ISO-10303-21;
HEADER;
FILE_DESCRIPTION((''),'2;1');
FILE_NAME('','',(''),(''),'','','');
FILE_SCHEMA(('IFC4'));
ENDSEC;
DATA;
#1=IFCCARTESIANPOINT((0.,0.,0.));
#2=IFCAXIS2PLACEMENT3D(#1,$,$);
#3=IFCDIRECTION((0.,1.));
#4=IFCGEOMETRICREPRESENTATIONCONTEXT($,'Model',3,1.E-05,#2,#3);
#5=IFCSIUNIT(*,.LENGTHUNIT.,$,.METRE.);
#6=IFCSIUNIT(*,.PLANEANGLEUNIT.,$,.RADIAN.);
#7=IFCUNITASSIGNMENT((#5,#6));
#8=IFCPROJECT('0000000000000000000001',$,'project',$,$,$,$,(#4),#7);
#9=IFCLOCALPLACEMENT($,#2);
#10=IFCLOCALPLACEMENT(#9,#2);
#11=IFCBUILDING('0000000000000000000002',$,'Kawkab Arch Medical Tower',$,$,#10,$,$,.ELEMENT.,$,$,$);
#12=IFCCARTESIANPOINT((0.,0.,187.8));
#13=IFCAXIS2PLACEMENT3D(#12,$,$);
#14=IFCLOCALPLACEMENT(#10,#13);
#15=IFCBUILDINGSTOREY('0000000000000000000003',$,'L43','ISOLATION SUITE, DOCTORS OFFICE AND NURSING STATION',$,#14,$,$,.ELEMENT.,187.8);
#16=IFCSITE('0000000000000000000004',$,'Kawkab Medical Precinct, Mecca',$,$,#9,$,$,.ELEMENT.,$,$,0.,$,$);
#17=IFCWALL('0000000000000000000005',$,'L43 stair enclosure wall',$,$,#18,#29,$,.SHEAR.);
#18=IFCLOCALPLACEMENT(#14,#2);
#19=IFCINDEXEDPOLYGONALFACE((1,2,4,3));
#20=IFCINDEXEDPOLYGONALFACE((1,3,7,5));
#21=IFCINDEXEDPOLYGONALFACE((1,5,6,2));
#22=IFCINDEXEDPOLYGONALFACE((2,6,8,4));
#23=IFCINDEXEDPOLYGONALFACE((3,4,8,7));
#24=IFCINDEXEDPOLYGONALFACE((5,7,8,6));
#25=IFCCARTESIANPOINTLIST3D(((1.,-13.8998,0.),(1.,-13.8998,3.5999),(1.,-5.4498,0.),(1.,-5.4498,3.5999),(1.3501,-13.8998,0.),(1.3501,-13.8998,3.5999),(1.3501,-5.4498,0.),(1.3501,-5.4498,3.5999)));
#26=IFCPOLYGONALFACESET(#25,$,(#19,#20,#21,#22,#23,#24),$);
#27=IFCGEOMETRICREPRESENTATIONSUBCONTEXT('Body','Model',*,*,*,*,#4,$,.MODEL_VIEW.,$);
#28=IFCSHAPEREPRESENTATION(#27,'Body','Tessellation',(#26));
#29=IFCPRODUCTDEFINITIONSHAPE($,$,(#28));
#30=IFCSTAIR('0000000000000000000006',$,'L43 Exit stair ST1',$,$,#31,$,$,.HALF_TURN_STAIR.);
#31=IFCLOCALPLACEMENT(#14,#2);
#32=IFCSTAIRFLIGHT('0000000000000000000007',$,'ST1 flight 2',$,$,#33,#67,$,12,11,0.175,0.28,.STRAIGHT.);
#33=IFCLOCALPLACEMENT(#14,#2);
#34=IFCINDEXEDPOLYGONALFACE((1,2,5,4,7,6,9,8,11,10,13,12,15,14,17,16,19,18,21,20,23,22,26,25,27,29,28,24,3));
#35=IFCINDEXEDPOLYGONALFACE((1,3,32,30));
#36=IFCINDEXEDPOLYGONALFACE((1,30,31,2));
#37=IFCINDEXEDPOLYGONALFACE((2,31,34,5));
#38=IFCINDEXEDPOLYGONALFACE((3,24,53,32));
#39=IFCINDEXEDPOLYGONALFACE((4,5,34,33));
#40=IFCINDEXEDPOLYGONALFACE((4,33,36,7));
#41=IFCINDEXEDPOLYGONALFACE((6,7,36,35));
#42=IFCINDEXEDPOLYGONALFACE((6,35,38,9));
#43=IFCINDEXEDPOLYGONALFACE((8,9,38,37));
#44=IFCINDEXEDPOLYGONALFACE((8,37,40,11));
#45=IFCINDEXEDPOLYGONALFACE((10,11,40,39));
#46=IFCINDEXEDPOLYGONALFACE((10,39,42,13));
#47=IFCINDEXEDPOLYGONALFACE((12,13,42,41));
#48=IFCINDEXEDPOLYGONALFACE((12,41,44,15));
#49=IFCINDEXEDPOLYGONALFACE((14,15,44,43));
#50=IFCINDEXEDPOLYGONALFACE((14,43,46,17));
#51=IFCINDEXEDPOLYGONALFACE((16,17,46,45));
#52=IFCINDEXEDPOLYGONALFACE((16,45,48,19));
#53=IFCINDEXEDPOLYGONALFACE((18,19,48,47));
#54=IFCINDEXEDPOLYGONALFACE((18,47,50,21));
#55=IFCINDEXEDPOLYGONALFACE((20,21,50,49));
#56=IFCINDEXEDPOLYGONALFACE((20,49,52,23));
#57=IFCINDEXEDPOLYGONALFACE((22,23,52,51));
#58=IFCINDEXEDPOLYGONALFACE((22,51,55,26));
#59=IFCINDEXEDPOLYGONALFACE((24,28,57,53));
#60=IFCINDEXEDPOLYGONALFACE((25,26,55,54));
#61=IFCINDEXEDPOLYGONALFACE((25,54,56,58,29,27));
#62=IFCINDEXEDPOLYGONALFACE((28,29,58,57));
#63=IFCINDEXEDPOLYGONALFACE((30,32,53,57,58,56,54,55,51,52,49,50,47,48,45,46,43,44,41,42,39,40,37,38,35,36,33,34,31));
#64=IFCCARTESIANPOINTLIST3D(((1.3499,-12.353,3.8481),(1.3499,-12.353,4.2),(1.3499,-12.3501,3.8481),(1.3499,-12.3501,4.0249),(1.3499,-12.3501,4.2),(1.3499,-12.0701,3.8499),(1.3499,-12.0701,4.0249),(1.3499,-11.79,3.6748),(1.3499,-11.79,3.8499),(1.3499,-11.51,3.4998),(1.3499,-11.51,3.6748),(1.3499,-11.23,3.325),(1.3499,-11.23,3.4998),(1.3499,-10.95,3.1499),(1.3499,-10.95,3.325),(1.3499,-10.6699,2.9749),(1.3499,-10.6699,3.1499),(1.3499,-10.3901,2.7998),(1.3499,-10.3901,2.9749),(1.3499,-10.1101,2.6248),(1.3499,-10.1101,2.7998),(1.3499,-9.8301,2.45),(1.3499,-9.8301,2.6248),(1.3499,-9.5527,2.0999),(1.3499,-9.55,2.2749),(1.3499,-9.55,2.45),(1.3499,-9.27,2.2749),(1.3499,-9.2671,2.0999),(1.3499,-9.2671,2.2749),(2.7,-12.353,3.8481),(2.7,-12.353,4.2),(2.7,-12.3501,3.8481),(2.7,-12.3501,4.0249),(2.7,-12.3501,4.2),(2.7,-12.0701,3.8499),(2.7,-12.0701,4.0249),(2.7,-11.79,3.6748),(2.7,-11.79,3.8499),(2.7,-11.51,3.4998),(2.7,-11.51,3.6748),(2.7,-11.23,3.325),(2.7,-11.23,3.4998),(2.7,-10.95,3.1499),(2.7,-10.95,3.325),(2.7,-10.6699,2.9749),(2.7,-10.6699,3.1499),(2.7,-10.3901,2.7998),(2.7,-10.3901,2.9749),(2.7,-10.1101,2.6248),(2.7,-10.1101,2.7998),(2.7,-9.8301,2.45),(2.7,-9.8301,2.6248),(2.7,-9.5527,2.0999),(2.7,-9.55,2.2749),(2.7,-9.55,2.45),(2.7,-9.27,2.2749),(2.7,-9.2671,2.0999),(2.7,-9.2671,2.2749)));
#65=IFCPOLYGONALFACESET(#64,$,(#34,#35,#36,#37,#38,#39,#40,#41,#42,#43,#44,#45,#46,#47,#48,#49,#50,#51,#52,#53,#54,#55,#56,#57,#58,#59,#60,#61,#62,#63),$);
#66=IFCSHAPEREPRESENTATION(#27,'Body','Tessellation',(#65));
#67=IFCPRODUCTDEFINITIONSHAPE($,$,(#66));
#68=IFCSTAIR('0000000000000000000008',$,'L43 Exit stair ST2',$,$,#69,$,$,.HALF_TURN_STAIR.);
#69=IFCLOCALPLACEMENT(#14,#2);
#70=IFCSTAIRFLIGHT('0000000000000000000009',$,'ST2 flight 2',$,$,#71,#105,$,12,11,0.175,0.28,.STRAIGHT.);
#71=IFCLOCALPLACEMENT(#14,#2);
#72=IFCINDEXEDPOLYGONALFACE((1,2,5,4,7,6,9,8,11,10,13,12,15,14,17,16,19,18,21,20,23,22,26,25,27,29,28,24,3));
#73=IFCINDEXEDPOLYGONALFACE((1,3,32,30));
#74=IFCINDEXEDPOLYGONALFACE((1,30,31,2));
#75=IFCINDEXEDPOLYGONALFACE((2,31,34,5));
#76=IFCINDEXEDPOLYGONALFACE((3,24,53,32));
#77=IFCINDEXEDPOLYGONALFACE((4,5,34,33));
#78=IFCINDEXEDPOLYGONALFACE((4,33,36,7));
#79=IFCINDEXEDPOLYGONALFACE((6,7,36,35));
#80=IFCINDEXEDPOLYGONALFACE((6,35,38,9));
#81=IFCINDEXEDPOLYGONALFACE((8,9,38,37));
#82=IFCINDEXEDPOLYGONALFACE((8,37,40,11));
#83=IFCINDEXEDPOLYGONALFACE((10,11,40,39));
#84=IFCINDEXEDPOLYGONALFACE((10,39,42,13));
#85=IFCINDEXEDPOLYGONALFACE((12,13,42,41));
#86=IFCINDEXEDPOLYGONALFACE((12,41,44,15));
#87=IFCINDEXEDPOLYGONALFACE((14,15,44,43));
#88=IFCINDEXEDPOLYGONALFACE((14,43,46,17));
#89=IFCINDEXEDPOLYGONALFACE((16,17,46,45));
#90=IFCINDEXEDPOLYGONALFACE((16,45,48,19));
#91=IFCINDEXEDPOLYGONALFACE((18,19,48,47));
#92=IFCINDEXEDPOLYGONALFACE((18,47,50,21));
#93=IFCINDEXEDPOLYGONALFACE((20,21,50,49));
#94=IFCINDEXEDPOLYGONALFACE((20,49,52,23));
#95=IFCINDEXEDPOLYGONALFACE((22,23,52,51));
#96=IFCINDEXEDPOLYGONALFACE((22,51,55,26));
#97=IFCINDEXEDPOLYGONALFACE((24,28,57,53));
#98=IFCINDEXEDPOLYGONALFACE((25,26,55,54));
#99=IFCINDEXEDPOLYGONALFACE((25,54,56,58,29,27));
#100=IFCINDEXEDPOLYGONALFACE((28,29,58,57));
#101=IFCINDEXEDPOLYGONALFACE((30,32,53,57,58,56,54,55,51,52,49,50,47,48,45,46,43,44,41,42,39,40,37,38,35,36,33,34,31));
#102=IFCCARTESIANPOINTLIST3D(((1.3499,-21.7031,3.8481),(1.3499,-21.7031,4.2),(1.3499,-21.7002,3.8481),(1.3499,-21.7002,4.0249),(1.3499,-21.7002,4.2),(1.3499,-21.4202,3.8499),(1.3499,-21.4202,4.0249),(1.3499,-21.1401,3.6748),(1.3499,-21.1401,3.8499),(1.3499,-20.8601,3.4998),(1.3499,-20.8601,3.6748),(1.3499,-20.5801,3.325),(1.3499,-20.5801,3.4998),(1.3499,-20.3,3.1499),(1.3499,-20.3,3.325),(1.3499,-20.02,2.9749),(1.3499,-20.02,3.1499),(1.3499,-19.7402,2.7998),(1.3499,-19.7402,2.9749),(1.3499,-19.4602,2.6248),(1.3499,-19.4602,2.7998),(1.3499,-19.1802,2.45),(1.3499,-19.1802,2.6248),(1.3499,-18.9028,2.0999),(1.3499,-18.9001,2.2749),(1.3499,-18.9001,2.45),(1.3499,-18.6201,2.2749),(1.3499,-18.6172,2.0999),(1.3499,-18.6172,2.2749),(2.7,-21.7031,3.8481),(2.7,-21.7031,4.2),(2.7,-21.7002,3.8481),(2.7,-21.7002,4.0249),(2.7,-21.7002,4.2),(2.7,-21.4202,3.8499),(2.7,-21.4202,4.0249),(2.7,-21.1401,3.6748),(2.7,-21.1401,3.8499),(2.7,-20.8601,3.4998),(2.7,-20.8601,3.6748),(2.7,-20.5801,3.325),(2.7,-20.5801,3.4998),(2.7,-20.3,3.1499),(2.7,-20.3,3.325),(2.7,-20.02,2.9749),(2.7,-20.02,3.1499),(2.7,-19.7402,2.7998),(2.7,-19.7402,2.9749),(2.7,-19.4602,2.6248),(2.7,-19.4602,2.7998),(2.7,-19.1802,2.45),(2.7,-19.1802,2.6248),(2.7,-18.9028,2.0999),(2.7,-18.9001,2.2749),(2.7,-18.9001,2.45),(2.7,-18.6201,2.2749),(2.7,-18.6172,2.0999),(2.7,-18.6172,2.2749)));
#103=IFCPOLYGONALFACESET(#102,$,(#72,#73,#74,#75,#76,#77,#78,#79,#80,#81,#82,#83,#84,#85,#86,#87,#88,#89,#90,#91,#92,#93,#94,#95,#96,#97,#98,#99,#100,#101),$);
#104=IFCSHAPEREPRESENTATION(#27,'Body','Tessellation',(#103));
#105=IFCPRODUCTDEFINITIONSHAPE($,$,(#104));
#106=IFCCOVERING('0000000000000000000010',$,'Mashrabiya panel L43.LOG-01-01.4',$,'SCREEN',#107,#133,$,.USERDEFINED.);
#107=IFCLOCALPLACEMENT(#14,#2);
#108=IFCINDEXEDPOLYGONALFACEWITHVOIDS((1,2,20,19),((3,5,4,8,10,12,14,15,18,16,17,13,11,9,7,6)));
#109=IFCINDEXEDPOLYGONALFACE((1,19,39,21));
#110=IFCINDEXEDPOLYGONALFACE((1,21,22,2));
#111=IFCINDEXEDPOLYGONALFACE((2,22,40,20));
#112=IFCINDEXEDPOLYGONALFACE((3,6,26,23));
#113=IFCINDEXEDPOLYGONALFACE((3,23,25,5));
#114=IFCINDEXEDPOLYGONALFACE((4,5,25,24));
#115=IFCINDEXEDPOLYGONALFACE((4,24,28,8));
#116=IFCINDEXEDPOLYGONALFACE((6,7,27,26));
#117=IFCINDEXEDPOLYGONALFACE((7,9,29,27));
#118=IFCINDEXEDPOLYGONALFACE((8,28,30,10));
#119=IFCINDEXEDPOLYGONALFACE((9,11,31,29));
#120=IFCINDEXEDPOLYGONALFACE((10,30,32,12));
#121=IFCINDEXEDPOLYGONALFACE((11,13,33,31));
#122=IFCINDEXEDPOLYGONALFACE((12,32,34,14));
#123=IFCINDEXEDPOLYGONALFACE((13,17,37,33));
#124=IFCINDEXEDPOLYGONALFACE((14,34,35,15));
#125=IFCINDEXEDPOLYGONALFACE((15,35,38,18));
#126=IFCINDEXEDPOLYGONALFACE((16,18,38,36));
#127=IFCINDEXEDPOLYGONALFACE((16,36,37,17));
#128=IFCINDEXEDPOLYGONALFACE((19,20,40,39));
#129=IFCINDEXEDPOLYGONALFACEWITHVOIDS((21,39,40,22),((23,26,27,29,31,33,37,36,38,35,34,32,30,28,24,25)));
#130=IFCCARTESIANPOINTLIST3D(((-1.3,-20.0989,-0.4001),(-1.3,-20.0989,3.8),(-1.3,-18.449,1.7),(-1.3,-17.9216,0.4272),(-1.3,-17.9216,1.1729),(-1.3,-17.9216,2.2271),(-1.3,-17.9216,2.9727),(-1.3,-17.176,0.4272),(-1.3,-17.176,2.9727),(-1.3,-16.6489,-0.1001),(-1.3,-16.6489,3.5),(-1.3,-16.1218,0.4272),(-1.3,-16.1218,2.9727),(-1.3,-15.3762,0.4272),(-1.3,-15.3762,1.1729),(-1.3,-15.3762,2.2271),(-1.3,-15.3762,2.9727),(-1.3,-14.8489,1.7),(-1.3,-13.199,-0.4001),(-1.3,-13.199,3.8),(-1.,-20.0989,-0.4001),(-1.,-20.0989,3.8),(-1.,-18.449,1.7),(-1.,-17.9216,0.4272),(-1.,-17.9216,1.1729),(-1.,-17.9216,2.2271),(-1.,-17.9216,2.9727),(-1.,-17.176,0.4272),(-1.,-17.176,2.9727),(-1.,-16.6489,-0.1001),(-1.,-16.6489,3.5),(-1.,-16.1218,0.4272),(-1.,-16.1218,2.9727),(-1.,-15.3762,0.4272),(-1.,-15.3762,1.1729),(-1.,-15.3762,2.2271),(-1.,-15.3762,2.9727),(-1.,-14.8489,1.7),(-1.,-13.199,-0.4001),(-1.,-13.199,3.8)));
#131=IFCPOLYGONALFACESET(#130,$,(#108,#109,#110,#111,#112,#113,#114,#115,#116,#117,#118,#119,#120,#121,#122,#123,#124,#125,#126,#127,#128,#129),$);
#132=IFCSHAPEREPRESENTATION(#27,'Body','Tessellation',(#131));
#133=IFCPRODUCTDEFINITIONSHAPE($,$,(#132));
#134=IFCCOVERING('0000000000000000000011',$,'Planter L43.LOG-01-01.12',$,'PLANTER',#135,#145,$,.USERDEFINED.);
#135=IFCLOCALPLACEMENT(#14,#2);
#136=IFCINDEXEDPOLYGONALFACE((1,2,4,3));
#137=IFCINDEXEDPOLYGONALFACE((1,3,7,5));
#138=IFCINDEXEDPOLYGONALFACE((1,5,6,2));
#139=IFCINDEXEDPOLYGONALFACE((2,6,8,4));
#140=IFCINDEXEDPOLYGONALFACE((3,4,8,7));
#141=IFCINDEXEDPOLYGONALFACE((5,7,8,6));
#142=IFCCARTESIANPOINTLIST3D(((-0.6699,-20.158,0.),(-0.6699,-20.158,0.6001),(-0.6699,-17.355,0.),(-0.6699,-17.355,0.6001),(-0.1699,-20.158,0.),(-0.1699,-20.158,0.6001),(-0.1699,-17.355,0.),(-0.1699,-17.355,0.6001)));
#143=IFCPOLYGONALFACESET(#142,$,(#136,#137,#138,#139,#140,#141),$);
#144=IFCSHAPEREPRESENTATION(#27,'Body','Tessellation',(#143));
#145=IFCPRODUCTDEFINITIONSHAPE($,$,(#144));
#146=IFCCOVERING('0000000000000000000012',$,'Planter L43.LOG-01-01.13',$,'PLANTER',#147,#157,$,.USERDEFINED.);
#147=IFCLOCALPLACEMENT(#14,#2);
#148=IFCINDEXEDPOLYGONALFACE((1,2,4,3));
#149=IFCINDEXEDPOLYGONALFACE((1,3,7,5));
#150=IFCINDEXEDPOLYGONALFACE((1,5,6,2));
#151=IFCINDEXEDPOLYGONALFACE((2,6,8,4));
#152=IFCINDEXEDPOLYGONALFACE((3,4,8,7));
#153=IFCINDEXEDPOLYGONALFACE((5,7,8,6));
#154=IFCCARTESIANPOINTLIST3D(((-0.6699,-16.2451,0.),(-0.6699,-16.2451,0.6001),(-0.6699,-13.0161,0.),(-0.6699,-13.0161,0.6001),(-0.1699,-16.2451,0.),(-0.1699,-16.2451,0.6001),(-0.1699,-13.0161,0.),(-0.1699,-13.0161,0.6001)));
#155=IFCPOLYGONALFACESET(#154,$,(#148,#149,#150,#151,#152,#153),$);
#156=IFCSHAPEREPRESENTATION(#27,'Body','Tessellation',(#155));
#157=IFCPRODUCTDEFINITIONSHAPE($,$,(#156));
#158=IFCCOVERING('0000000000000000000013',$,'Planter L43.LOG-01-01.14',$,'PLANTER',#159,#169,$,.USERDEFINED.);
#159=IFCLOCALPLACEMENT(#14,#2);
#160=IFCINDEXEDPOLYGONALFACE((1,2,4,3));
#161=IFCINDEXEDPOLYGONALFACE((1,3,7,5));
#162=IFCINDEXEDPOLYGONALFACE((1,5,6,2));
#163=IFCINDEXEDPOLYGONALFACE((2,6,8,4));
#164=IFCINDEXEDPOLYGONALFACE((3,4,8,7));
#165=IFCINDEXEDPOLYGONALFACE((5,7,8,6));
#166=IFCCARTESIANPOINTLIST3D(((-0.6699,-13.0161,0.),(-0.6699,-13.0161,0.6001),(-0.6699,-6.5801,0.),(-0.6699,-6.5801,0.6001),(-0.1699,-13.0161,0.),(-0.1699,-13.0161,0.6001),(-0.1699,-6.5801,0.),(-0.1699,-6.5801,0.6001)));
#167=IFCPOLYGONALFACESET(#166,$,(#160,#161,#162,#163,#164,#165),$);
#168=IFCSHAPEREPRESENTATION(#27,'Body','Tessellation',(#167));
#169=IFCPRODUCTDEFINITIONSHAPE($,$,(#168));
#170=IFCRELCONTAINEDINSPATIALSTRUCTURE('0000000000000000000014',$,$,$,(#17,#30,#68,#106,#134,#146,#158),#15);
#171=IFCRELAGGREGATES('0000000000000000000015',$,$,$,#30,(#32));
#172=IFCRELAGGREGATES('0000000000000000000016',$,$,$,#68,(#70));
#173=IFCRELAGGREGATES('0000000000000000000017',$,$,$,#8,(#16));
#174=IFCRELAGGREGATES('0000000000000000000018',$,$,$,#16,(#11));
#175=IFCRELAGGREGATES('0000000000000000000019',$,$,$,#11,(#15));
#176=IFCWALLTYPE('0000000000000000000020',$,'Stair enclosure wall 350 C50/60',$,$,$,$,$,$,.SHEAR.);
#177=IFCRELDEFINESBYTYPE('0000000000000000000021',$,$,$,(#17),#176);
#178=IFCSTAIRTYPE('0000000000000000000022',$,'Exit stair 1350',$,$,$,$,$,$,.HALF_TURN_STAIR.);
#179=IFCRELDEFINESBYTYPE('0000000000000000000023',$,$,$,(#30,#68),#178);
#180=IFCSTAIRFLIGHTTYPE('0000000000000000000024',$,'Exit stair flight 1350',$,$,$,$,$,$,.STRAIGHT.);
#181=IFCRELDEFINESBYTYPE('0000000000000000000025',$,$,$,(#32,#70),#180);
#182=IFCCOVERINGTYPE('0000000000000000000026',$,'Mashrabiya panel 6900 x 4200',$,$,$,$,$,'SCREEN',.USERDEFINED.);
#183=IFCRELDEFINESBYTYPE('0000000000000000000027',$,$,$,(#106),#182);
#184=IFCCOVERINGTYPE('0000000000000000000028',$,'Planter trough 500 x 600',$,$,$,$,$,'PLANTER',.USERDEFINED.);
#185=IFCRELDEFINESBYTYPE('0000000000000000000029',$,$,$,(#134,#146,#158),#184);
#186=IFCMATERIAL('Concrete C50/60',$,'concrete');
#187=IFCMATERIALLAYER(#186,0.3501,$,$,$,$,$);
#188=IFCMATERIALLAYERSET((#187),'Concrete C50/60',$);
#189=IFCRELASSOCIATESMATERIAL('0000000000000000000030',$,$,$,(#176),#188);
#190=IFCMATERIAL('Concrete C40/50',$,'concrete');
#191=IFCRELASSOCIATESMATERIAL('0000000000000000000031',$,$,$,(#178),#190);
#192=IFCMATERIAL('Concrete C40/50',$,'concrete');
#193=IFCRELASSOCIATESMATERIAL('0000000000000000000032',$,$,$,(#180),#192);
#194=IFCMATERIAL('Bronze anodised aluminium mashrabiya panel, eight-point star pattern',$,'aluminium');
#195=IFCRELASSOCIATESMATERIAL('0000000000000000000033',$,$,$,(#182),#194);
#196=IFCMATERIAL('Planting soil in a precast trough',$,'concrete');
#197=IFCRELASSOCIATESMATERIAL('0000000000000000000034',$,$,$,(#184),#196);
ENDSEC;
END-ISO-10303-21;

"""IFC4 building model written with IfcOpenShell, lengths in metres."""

from ifc_helpers import new_model, si_unit, direction, frame, frame_2d, origin, origin_2d, place, context, subcontext, project, spatial, polyline, rectangle, outline, extrude, material, layer, layer_set, material_profile, profile_set, type_object, element, aggregate, save


model = new_model("IFC4")

# Units and contexts
model_context = context("Model", 3, precision=1e-05, world=origin(), true_north=direction((0.0, 1.0)))
body_context = subcontext(model_context, "Body", "Model", "MODEL_VIEW")
ifc_project = project(units=[si_unit("LENGTHUNIT", "METRE"), si_unit("PLANEANGLEUNIT", "RADIAN")], contexts=[model_context])

# Site, building, storey
site_placement = place(None, origin())
site = spatial("IfcSite", under=ifc_project, at=site_placement, Name="Kawkab Medical Precinct, Mecca", CompositionType="ELEMENT", RefElevation=0.0)
building_placement = place(site_placement, origin())
building = spatial("IfcBuilding", under=site, at=building_placement, Name="Kawkab Arch Medical Tower", CompositionType="ELEMENT")
storey_placement = place(building_placement, frame((0.0, 0.0, 187.8)))
storey = spatial("IfcBuildingStorey", under=building, at=storey_placement, Name="L43", Description="ISOLATION SUITE, DOCTORS OFFICE AND NURSING STATION", CompositionType="ELEMENT", Elevation=187.8)

# Shared definitions
placement = place(storey_placement, origin())

# Wall
ifc_material_1 = material(Name="Concrete C50/60", Category="concrete")
ifc_layer_1 = layer(ifc_material_1, 0.3501)
ifc_layer_set_1 = layer_set([ifc_layer_1], Name="Concrete C50/60")
wall_type_1 = type_object("IfcWallType", Name="Stair enclosure wall 350 C50/60", PredefinedType="SHEAR", material=ifc_layer_set_1)
wall_1_placement = place(storey_placement, frame((1.175, -13.8999, 0.0), z_axis=(0.0, 0.0, 1.0), x_axis=(0.0, 1.0, 0.0)))
element("IfcWall", 1, at=wall_1_placement, inside=storey, type_object=wall_type_1, Name="L43 stair enclosure wall", PredefinedType="SHEAR", context=body_context, shape_type="SweptSolid", body=[
    extrude(rectangle(XDim=8.45, YDim=0.3501, at=frame_2d((4.2251, 0.0))), origin(), (0.0, 0.0, 1.0), 3.5999),
])

# Stairs, stair flights
ifc_material_2 = material(Name="Concrete C40/50", Category="concrete")
stair_type = type_object("IfcStairType", Name="Exit stair 1350", PredefinedType="HALF_TURN_STAIR", material=ifc_material_2)
stair_1 = element("IfcStair", 2, at=placement, inside=storey, type_object=stair_type, Name="L43 Exit stair ST1", PredefinedType="HALF_TURN_STAIR")
ifc_material_3 = material(Name="Concrete C40/50", Category="concrete")
stair_flight_type = type_object("IfcStairFlightType", Name="Exit stair flight 1350", PredefinedType="STRAIGHT", material=ifc_material_3)
stair_flight_1_placement = place(storey_placement, frame((2.0249, -9.27, 2.0999), z_axis=(0.0, 0.0, 1.0), x_axis=(0.0, -1.0, 0.0)))
stair_flight_1 = element("IfcStairFlight", 3, at=stair_flight_1_placement, type_object=stair_flight_type, Name="ST1 flight 2", NumberOfRisers=12, NumberOfTreads=11, PredefinedType="STRAIGHT", RiserHeight=0.175, TreadLength=0.28, context=body_context, shape_type="SweptSolid", body=[
    extrude(outline(polyline([(-0.0029, 0.0), (-0.0029, 0.175), (0.0, 0.175), (0.28, 0.175), (0.28, 0.3501), (0.5601, 0.3501), (0.5601, 0.5249), (0.8401, 0.5249), (0.8401, 0.7), (1.1201, 0.7), (1.1201, 0.875), (1.3999, 0.875), (1.3999, 1.05), (1.6799, 1.05), (1.6799, 1.2251), (1.96, 1.2251), (1.96, 1.3999), (2.24, 1.3999), (2.24, 1.575), (2.52, 1.575), (2.52, 1.75), (2.8, 1.75), (2.8, 1.925), (3.0801, 1.925), (3.0801, 2.1001), (3.083, 2.1001), (3.083, 1.7483), (3.0801, 1.7483), (0.2827, 0.0), (-0.0029, 0.0)])), frame((0.0, 0.675, 0.0), z_axis=(0.0, -1.0, 0.0), x_axis=(1.0, 0.0, 0.0)), (0.0, 0.0, 1.0), 1.3501),
])
aggregate(stair_1, [stair_flight_1])
stair_2 = element("IfcStair", 4, at=placement, inside=storey, type_object=stair_type, Name="L43 Exit stair ST2", PredefinedType="HALF_TURN_STAIR")
stair_flight_2_placement = place(storey_placement, frame((2.0249, -18.6201, 2.0999), z_axis=(0.0, 0.0, 1.0), x_axis=(0.0, -1.0, 0.0)))
stair_flight_2 = element("IfcStairFlight", 5, at=stair_flight_2_placement, type_object=stair_flight_type, Name="ST2 flight 2", NumberOfRisers=12, NumberOfTreads=11, PredefinedType="STRAIGHT", RiserHeight=0.175, TreadLength=0.28, context=body_context, shape_type="SweptSolid", body=[
    extrude(outline(polyline([(-0.0029, 0.0), (-0.0029, 0.175), (0.0, 0.175), (0.28, 0.175), (0.28, 0.3501), (0.5601, 0.3501), (0.5601, 0.5249), (0.8401, 0.5249), (0.8401, 0.7), (1.1201, 0.7), (1.1201, 0.875), (1.3999, 0.875), (1.3999, 1.05), (1.6799, 1.05), (1.6799, 1.2251), (1.96, 1.2251), (1.96, 1.3999), (2.24, 1.3999), (2.24, 1.575), (2.52, 1.575), (2.52, 1.75), (2.8, 1.75), (2.8, 1.925), (3.0801, 1.925), (3.0801, 2.1001), (3.083, 2.1001), (3.083, 1.7483), (3.0801, 1.7483), (0.2827, 0.0), (-0.0029, 0.0)])), frame((0.0, 0.675, 0.0), z_axis=(0.0, -1.0, 0.0), x_axis=(1.0, 0.0, 0.0)), (0.0, 0.0, 1.0), 1.3501),
])
aggregate(stair_2, [stair_flight_2])

# Coverings
ifc_material_4 = material(Name="Bronze anodised aluminium mashrabiya panel, eight-point star pattern", Category="aluminium")
ifc_material_profile_1 = material_profile(ifc_material_4, outline(polyline([(-3.45, -2.1001), (3.45, -2.1001), (3.45, 2.1001), (-3.45, 2.1001), (-3.45, -2.1001)]), holes=[polyline([(1.8, 0.0), (1.2727, 0.5271), (1.2727, 1.2727), (0.5271, 1.2727), (0.0, 1.8), (-0.5271, 1.2727), (-1.2727, 1.2727), (-1.2727, 0.5271), (-1.8, 0.0), (-1.2727, -0.5271), (-1.2727, -1.2727), (-0.5271, -1.2727), (0.0, -1.8), (0.5271, -1.2727), (1.2727, -1.2727), (1.2727, -0.5271), (1.8, 0.0)])]), Name="Mashrabiya panel 6900x4200")
ifc_profile_set_1 = profile_set([ifc_material_profile_1], Name="Bronze anodised aluminium mashrabiya panel, eight-point star pattern")
covering_type_1 = type_object("IfcCoveringType", Name="Mashrabiya panel 6900 x 4200", ElementType="SCREEN", PredefinedType="USERDEFINED", material=ifc_profile_set_1)
covering_1_placement = place(storey_placement, frame((-1.0, -16.6489, 1.7), z_axis=(-1.0, 0.0, 0.0), x_axis=(0.0, -1.0, 0.0)))
element("IfcCovering", 6, at=covering_1_placement, inside=storey, type_object=covering_type_1, Name="Mashrabiya panel L43.LOG-01-01.4", ObjectType="SCREEN", PredefinedType="USERDEFINED", context=body_context, shape_type="SweptSolid", body=[
    extrude(outline(polyline([(-3.45, -2.1001), (3.45, -2.1001), (3.45, 2.1001), (-3.45, 2.1001), (-3.45, -2.1001)]), holes=[polyline([(1.8, 0.0), (1.2727, 0.5271), (1.2727, 1.2727), (0.5271, 1.2727), (0.0, 1.8), (-0.5271, 1.2727), (-1.2727, 1.2727), (-1.2727, 0.5271), (-1.8, 0.0), (-1.2727, -0.5271), (-1.2727, -1.2727), (-0.5271, -1.2727), (0.0, -1.8), (0.5271, -1.2727), (1.2727, -1.2727), (1.2727, -0.5271), (1.8, 0.0)])]), origin(), (0.0, 0.0, 1.0), 0.3),
])
ifc_material_5 = material(Name="Planting soil in a precast trough", Category="concrete")
ifc_material_profile_2 = material_profile(ifc_material_5, rectangle(XDim=0.5, YDim=0.6001, at=origin_2d()), Name="Trough 500x600")
ifc_profile_set_2 = profile_set([ifc_material_profile_2], Name="Planting soil in a precast trough")
covering_type_2 = type_object("IfcCoveringType", Name="Planter trough 500 x 600", ElementType="PLANTER", PredefinedType="USERDEFINED", material=ifc_profile_set_2)
covering_2_placement = place(storey_placement, frame((-0.4199, -20.158, 0.3), z_axis=(0.0, 1.0, 0.0), x_axis=(-1.0, 0.0, 0.0)))
element("IfcCovering", 7, at=covering_2_placement, inside=storey, type_object=covering_type_2, Name="Planter L43.LOG-01-01.12", ObjectType="PLANTER", PredefinedType="USERDEFINED", context=body_context, shape_type="SweptSolid", body=[
    extrude(rectangle(XDim=0.5, YDim=0.6001, at=origin_2d()), origin(), (0.0, 0.0, 1.0), 2.803),
])
covering_3_placement = place(storey_placement, frame((-0.4199, -16.2451, 0.3), z_axis=(0.0, 1.0, 0.0), x_axis=(-1.0, 0.0, 0.0)))
element("IfcCovering", 8, at=covering_3_placement, inside=storey, type_object=covering_type_2, Name="Planter L43.LOG-01-01.13", ObjectType="PLANTER", PredefinedType="USERDEFINED", context=body_context, shape_type="SweptSolid", body=[
    extrude(rectangle(XDim=0.5, YDim=0.6001, at=origin_2d()), origin(), (0.0, 0.0, 1.0), 3.229),
])
covering_4_placement = place(storey_placement, frame((-0.4199, -13.0161, 0.3), z_axis=(0.0, 1.0, 0.0), x_axis=(-1.0, 0.0, 0.0)))
element("IfcCovering", 9, at=covering_4_placement, inside=storey, type_object=covering_type_2, Name="Planter L43.LOG-01-01.14", ObjectType="PLANTER", PredefinedType="USERDEFINED", context=body_context, shape_type="SweptSolid", body=[
    extrude(rectangle(XDim=0.5, YDim=0.6001, at=origin_2d()), origin(), (0.0, 0.0, 1.0), 6.436),
])

save(model, "model.ifc")
